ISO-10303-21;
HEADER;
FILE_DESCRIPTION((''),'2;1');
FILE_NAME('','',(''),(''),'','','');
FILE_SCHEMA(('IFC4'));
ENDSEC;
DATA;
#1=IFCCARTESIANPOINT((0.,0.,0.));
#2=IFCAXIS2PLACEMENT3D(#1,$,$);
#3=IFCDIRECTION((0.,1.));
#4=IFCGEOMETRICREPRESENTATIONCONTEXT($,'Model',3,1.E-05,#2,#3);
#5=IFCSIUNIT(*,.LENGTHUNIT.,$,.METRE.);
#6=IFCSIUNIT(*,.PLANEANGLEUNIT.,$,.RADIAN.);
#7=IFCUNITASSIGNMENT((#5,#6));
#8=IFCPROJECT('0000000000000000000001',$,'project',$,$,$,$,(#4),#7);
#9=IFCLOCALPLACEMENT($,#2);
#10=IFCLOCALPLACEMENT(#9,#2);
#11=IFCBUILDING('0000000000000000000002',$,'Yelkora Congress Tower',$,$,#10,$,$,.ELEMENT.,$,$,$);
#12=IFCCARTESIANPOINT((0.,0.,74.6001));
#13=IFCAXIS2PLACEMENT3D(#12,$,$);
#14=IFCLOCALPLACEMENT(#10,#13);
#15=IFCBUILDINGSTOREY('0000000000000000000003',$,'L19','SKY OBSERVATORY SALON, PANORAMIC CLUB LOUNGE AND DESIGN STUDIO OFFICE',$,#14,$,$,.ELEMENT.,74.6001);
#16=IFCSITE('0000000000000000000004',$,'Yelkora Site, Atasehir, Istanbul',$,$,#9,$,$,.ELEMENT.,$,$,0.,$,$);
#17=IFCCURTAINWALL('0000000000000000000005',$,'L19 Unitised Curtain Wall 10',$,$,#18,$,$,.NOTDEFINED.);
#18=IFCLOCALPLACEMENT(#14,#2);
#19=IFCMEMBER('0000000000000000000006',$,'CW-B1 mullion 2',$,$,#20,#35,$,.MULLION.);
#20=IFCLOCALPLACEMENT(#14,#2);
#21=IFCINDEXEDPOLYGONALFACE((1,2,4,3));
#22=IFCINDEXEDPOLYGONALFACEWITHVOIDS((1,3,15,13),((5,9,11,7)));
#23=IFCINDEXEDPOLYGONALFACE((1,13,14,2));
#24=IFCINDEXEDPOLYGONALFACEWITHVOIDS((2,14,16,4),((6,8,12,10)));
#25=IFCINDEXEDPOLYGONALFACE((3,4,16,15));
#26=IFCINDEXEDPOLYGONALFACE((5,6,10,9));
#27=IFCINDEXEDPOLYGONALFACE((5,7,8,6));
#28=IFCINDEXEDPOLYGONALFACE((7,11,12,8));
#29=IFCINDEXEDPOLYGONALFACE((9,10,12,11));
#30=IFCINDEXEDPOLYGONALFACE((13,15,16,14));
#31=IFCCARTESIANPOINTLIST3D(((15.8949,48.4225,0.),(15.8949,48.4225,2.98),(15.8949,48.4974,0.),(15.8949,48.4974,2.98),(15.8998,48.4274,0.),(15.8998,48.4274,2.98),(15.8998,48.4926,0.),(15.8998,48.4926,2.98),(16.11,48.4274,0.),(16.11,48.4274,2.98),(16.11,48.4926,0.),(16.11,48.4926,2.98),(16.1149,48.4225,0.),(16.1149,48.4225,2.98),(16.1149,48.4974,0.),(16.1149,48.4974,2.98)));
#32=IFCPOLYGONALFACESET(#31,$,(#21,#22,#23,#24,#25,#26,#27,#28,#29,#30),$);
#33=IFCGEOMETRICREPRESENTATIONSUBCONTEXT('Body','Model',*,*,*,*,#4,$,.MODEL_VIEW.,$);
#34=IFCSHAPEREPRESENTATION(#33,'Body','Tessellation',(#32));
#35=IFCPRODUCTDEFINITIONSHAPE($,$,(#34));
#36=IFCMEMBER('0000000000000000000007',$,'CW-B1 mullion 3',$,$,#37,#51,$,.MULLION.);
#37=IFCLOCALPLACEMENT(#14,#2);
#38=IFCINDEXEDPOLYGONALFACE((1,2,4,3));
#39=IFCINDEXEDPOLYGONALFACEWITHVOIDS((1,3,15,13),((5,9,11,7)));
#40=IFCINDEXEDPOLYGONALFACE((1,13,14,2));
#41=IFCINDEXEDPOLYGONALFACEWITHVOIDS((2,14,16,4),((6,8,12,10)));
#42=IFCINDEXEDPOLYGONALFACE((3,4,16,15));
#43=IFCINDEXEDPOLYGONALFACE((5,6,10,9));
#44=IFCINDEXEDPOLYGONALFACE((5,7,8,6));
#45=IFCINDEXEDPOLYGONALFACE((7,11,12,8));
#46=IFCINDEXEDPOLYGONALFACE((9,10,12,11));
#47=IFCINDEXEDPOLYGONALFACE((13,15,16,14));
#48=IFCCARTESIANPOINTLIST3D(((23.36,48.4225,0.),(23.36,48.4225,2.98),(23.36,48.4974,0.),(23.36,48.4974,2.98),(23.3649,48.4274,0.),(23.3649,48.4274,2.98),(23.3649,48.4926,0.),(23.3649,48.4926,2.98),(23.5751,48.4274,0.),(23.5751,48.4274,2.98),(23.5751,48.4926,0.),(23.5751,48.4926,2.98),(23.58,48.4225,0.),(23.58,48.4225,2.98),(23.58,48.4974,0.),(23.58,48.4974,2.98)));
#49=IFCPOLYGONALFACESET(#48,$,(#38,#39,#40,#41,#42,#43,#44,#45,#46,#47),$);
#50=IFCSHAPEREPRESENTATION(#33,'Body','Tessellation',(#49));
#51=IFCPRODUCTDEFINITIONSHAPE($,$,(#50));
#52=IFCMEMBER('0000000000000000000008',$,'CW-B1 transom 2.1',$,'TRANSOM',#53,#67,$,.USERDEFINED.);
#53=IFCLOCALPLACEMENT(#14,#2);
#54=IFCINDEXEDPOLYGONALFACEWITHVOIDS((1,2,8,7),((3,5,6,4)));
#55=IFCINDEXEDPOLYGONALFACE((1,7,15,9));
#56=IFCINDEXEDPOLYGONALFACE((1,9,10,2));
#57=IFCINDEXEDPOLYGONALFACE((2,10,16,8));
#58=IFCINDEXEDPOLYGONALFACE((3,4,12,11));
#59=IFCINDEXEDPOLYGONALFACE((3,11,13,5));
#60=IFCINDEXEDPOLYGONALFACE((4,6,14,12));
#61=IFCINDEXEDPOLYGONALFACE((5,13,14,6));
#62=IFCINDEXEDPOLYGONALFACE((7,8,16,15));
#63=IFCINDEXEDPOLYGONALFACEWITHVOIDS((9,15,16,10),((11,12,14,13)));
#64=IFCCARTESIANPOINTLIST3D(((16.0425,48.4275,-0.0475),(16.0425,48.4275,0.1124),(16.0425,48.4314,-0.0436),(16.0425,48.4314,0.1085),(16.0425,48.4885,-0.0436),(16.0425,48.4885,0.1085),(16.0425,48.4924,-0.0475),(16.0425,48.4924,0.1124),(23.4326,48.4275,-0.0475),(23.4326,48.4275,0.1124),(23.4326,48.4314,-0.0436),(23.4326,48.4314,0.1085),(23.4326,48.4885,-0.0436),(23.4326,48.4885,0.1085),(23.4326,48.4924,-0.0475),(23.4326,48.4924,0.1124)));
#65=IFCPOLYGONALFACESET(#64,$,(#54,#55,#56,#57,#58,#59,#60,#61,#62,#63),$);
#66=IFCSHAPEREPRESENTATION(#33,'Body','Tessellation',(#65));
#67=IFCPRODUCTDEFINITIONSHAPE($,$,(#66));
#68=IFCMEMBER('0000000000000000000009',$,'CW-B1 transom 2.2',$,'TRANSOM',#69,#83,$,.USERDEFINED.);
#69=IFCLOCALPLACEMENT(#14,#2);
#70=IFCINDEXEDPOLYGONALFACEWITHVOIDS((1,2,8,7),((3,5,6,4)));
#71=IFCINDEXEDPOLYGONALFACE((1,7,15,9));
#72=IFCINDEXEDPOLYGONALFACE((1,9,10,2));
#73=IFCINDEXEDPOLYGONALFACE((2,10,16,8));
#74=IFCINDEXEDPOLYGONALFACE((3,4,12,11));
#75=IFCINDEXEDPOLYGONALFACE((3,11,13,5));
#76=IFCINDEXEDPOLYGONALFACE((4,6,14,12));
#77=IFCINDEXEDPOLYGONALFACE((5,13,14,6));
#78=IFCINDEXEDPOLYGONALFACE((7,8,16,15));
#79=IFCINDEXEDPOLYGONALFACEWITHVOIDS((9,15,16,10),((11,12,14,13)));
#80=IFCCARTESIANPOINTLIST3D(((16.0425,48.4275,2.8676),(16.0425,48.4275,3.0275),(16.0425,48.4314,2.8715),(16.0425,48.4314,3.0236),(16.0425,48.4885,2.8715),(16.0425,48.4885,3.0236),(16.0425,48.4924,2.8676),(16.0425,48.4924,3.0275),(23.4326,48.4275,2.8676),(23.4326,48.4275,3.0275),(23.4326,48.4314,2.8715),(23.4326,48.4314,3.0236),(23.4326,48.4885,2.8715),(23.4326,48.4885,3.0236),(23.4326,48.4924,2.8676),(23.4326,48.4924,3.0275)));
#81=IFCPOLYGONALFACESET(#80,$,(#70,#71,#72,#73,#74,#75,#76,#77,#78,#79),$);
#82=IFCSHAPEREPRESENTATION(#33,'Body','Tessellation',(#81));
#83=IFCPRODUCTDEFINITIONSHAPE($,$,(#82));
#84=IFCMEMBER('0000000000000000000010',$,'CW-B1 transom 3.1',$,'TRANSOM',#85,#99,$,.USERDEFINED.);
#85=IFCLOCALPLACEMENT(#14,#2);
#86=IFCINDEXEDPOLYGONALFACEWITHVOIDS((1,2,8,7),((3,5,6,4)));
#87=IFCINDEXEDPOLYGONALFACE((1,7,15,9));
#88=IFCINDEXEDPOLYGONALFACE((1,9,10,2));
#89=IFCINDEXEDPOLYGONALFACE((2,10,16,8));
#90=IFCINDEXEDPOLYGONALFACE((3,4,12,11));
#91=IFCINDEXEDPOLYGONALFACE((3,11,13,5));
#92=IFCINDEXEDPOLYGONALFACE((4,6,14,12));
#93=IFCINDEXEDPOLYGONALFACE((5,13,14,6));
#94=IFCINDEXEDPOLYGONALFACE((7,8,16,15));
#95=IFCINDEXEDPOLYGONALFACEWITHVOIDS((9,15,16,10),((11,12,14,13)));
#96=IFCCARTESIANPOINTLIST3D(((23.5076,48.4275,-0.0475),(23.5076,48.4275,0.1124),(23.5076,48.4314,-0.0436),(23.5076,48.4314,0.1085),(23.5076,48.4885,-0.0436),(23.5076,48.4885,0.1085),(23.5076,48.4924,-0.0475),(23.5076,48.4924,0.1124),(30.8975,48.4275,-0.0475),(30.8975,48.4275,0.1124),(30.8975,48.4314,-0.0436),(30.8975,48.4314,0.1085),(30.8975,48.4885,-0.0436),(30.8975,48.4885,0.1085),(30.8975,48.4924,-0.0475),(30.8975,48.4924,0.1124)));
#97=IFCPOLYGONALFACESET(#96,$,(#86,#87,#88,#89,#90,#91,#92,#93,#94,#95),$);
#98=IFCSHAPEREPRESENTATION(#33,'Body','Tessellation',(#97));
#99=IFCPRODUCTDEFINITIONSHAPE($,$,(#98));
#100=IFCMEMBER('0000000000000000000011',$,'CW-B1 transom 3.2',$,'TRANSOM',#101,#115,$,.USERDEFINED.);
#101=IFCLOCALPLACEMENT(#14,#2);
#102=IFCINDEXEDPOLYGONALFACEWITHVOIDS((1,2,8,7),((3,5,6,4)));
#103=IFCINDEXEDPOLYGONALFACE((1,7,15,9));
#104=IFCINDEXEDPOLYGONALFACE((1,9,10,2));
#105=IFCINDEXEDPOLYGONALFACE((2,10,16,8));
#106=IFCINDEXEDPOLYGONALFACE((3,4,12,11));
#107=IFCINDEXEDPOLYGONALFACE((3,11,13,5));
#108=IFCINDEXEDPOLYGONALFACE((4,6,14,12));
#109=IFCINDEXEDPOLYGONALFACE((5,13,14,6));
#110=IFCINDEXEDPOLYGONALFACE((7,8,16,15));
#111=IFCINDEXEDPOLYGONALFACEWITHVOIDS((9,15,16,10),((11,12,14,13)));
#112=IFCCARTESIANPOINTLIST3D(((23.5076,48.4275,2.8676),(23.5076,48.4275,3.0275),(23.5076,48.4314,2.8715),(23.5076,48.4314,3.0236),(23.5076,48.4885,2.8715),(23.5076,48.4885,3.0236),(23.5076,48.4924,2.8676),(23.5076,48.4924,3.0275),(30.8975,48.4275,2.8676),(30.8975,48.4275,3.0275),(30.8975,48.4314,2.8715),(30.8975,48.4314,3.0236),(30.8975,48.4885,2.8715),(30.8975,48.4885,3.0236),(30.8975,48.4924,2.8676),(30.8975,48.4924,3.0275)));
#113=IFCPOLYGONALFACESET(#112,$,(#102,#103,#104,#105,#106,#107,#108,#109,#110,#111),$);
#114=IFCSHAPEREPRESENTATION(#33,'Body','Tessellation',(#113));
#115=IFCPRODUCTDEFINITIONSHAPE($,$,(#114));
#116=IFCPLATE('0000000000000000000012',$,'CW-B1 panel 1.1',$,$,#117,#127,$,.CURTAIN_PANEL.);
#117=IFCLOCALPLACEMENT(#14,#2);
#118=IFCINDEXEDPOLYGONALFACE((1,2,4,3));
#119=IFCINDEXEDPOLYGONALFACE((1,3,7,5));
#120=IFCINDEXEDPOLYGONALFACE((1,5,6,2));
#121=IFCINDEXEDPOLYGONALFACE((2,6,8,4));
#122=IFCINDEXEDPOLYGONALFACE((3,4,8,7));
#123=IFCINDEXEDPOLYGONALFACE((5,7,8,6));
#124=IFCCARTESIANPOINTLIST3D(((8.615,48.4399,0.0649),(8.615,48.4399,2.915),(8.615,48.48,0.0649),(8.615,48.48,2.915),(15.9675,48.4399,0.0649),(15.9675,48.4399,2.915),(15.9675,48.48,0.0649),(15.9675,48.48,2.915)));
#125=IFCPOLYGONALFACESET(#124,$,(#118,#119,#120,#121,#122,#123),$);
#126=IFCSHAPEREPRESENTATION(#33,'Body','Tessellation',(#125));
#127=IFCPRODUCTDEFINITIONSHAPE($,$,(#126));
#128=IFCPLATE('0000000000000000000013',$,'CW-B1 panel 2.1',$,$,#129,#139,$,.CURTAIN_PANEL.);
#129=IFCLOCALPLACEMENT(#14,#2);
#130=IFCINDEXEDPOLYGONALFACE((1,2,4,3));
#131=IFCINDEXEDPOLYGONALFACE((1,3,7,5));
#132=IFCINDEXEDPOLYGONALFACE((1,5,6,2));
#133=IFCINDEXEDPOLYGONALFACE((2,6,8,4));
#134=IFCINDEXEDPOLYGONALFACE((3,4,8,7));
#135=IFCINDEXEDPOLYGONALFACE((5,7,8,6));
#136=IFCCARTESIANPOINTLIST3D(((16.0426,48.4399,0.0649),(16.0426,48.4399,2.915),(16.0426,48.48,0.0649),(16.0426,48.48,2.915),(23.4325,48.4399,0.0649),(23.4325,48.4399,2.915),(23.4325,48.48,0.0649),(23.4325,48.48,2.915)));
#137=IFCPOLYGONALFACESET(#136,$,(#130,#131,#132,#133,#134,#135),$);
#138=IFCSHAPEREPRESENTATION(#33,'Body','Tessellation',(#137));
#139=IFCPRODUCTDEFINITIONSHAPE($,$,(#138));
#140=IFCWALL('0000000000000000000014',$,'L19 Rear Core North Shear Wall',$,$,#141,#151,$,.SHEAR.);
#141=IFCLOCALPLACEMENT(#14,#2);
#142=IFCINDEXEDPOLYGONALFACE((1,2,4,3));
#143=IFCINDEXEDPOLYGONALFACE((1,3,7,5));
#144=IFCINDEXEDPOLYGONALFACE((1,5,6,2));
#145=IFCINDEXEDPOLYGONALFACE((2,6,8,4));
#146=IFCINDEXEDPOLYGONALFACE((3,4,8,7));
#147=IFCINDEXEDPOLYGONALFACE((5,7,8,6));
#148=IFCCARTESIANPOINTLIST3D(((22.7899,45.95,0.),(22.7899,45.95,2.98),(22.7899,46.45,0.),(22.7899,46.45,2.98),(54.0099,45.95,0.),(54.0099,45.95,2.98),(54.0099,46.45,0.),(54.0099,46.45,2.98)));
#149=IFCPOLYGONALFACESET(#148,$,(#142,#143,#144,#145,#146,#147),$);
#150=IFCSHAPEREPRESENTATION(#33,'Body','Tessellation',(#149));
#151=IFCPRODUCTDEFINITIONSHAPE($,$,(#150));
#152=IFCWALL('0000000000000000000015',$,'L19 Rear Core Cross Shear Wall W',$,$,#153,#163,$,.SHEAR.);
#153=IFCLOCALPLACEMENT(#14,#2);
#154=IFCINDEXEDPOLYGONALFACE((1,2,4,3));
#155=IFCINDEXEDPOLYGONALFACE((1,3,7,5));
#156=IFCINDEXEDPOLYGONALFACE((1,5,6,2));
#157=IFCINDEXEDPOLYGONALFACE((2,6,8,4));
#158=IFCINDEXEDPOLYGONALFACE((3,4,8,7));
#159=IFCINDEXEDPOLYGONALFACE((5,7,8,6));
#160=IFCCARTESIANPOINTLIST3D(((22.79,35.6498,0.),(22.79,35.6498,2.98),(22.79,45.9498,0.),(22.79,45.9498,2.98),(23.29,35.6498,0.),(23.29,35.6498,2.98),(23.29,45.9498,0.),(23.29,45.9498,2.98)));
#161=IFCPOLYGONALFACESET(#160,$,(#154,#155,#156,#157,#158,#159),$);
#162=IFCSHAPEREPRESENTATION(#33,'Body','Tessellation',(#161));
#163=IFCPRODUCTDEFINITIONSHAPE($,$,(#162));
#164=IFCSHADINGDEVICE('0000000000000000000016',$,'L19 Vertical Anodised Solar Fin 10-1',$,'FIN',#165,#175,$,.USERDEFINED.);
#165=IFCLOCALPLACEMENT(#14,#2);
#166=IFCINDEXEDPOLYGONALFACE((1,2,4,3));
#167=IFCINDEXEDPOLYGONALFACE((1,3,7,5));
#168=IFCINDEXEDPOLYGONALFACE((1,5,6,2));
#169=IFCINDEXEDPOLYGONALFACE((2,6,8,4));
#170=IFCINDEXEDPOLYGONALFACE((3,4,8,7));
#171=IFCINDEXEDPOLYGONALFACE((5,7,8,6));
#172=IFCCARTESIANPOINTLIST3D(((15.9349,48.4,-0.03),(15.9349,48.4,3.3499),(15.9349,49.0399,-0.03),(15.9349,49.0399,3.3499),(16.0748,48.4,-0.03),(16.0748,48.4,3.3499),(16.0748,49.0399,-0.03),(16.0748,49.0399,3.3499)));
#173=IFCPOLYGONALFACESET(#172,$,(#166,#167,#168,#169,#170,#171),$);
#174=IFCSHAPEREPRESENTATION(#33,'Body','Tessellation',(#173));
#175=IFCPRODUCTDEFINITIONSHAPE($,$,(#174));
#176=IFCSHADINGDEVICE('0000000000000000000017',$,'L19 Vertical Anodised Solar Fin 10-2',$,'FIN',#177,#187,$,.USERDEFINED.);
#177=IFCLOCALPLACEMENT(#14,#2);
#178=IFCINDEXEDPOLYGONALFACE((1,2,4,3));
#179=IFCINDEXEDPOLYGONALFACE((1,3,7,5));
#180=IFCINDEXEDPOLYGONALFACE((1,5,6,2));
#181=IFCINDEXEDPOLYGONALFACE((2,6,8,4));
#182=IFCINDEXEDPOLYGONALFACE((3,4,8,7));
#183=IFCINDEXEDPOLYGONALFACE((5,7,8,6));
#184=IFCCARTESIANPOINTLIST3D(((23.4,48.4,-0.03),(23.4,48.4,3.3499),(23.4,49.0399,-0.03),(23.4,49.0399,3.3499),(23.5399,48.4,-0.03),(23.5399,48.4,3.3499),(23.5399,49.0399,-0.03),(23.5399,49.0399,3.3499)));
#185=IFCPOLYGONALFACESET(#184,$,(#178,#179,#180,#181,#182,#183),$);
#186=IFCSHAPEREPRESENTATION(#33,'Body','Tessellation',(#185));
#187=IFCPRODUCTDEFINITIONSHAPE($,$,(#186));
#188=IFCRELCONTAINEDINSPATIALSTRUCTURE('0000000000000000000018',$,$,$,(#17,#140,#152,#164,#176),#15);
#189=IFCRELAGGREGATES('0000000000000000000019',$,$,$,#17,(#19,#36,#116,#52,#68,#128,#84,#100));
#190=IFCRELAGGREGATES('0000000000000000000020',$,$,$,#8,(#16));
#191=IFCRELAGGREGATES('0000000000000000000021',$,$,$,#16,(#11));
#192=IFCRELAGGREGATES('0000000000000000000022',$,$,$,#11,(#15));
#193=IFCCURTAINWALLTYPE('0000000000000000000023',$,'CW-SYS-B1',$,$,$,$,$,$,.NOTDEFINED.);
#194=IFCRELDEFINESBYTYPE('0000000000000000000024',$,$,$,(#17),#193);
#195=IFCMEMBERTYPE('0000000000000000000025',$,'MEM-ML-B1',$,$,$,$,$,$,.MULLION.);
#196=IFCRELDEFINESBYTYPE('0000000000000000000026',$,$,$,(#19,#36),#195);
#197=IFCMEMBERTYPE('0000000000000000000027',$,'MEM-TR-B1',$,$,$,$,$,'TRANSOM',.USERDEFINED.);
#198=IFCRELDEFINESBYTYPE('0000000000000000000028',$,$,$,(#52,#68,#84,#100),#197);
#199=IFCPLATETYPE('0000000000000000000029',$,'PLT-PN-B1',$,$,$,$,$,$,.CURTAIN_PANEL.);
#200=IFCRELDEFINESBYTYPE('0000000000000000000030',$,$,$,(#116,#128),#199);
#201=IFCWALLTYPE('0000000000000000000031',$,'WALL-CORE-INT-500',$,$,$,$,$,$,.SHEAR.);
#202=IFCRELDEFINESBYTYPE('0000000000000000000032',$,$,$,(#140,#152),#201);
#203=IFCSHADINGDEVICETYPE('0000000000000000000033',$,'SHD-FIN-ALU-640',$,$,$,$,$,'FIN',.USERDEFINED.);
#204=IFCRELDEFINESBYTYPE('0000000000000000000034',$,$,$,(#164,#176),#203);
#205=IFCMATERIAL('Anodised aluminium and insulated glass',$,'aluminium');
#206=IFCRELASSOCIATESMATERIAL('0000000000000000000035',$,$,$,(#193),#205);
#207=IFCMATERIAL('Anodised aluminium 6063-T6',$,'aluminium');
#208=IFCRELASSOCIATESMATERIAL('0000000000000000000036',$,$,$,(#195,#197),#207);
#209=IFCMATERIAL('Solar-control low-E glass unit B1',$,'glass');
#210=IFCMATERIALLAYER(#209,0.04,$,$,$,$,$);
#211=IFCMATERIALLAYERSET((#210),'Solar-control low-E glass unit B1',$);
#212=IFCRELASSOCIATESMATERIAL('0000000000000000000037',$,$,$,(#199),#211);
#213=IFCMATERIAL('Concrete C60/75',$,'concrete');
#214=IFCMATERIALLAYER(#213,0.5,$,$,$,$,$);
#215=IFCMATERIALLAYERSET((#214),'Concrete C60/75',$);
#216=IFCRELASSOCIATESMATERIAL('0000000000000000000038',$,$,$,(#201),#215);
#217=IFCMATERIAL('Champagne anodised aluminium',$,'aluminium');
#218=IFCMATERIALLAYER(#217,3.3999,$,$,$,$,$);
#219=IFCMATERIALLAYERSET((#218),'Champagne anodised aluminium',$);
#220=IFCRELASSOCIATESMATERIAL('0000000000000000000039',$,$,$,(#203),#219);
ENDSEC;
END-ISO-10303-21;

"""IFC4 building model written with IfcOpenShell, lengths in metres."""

from ifc_helpers import new_model, si_unit, direction, frame, frame_2d, origin, origin_2d, place, context, subcontext, project, spatial, rectangle, hollow_rectangle, extrude, material, layer, layer_set, material_profile, profile_set, type_object, element, aggregate, save


model = new_model("IFC4")

# Units and contexts
model_context = context("Model", 3, precision=1e-05, world=origin(), true_north=direction((0.0, 1.0)))
body_context = subcontext(model_context, "Body", "Model", "MODEL_VIEW")
ifc_project = project(units=[si_unit("LENGTHUNIT", "METRE"), si_unit("PLANEANGLEUNIT", "RADIAN")], contexts=[model_context])

# Site, building, storey
site_placement = place(None, origin())
site = spatial("IfcSite", under=ifc_project, at=site_placement, Name="Yelkora Site, Atasehir, Istanbul", CompositionType="ELEMENT", RefElevation=0.0)
building_placement = place(site_placement, origin())
building = spatial("IfcBuilding", under=site, at=building_placement, Name="Yelkora Congress Tower", CompositionType="ELEMENT")
storey_placement = place(building_placement, frame((0.0, 0.0, 74.6001)))
storey = spatial("IfcBuildingStorey", under=building, at=storey_placement, Name="L19", Description="SKY OBSERVATORY SALON, PANORAMIC CLUB LOUNGE AND DESIGN STUDIO OFFICE", CompositionType="ELEMENT", Elevation=74.6001)

# Shared definitions
ifc_material_1 = material(Name="Concrete C60/75", Category="concrete")

# Curtain wall, members, plates
ifc_material_2 = material(Name="Anodised aluminium and insulated glass", Category="aluminium")
curtain_wall_type = type_object("IfcCurtainWallType", Name="CW-SYS-B1", PredefinedType="NOTDEFINED", material=ifc_material_2)
curtain_wall_placement = place(storey_placement, origin())
curtain_wall = element("IfcCurtainWall", 1, at=curtain_wall_placement, inside=storey, type_object=curtain_wall_type, Name="L19 Unitised Curtain Wall 10", PredefinedType="NOTDEFINED")
ifc_material_3 = material(Name="Anodised aluminium 6063-T6", Category="aluminium")
ifc_material_profile_1 = material_profile(ifc_material_3, hollow_rectangle(XDim=0.075, YDim=0.22, WallThickness=0.0049, at=origin_2d()), Name="ALU 75x220x5")
ifc_profile_set_1 = profile_set([ifc_material_profile_1], Name="Anodised aluminium 6063-T6")
member_type_1 = type_object("IfcMemberType", Name="MEM-ML-B1", PredefinedType="MULLION", material=ifc_profile_set_1)
member_1_placement = place(storey_placement, frame((16.0049, 48.46, 0.0), z_axis=(0.0, 0.0, 1.0), x_axis=(0.0, 1.0, 0.0)))
member_1 = element("IfcMember", 2, at=member_1_placement, type_object=member_type_1, Name="CW-B1 mullion 2", PredefinedType="MULLION", context=body_context, shape_type="SweptSolid", body=[
    extrude(hollow_rectangle(XDim=0.075, YDim=0.22, WallThickness=0.0049, at=origin_2d()), origin(), (0.0, 0.0, 1.0), 2.98),
])
member_2_placement = place(storey_placement, frame((23.47, 48.46, 0.0), z_axis=(0.0, 0.0, 1.0), x_axis=(0.0, 1.0, 0.0)))
member_2 = element("IfcMember", 3, at=member_2_placement, type_object=member_type_1, Name="CW-B1 mullion 3", PredefinedType="MULLION", context=body_context, shape_type="SweptSolid", body=[
    extrude(hollow_rectangle(XDim=0.075, YDim=0.22, WallThickness=0.0049, at=origin_2d()), origin(), (0.0, 0.0, 1.0), 2.98),
])
ifc_material_profile_2 = material_profile(ifc_material_3, hollow_rectangle(XDim=0.0649, YDim=0.1599, WallThickness=0.0039, at=origin_2d()), Name="ALU 65x160x4")
ifc_profile_set_2 = profile_set([ifc_material_profile_2], Name="Anodised aluminium 6063-T6")
member_type_2 = type_object("IfcMemberType", Name="MEM-TR-B1", ElementType="TRANSOM", PredefinedType="USERDEFINED", material=ifc_profile_set_2)
member_3_placement = place(storey_placement, frame((16.0425, 48.46, 0.0325), z_axis=(1.0, 0.0, 0.0), x_axis=(0.0, 1.0, 0.0)))
member_3 = element("IfcMember", 4, at=member_3_placement, type_object=member_type_2, Name="CW-B1 transom 2.1", ObjectType="TRANSOM", PredefinedType="USERDEFINED", context=body_context, shape_type="SweptSolid", body=[
    extrude(hollow_rectangle(XDim=0.0649, YDim=0.1599, WallThickness=0.0039, at=origin_2d()), origin(), (0.0, 0.0, 1.0), 7.3901),
])
member_4_placement = place(storey_placement, frame((16.0425, 48.46, 2.9475), z_axis=(1.0, 0.0, 0.0), x_axis=(0.0, 1.0, 0.0)))
member_4 = element("IfcMember", 5, at=member_4_placement, type_object=member_type_2, Name="CW-B1 transom 2.2", ObjectType="TRANSOM", PredefinedType="USERDEFINED", context=body_context, shape_type="SweptSolid", body=[
    extrude(hollow_rectangle(XDim=0.0649, YDim=0.1599, WallThickness=0.0039, at=origin_2d()), origin(), (0.0, 0.0, 1.0), 7.3901),
])
member_5_placement = place(storey_placement, frame((23.5076, 48.46, 0.0325), z_axis=(1.0, 0.0, 0.0), x_axis=(0.0, 1.0, 0.0)))
member_5 = element("IfcMember", 6, at=member_5_placement, type_object=member_type_2, Name="CW-B1 transom 3.1", ObjectType="TRANSOM", PredefinedType="USERDEFINED", context=body_context, shape_type="SweptSolid", body=[
    extrude(hollow_rectangle(XDim=0.0649, YDim=0.1599, WallThickness=0.0039, at=origin_2d()), origin(), (0.0, 0.0, 1.0), 7.3899),
])
member_6_placement = place(storey_placement, frame((23.5076, 48.46, 2.9475), z_axis=(1.0, 0.0, 0.0), x_axis=(0.0, 1.0, 0.0)))
member_6 = element("IfcMember", 7, at=member_6_placement, type_object=member_type_2, Name="CW-B1 transom 3.2", ObjectType="TRANSOM", PredefinedType="USERDEFINED", context=body_context, shape_type="SweptSolid", body=[
    extrude(hollow_rectangle(XDim=0.0649, YDim=0.1599, WallThickness=0.0039, at=origin_2d()), origin(), (0.0, 0.0, 1.0), 7.3899),
])
ifc_material_4 = material(Name="Solar-control low-E glass unit B1", Category="glass")
ifc_layer_1 = layer(ifc_material_4, 0.04)
ifc_layer_set_1 = layer_set([ifc_layer_1], Name="Solar-control low-E glass unit B1")
plate_type = type_object("IfcPlateType", Name="PLT-PN-B1", PredefinedType="CURTAIN_PANEL", material=ifc_layer_set_1)
plate_1_placement = place(storey_placement, frame((12.2913, 48.46, 0.0649), z_axis=(0.0, 0.0, 1.0), x_axis=(1.0, 0.0, 0.0)))
plate_1 = element("IfcPlate", 8, at=plate_1_placement, type_object=plate_type, Name="CW-B1 panel 1.1", PredefinedType="CURTAIN_PANEL", context=body_context, shape_type="SweptSolid", body=[
    extrude(rectangle(XDim=7.3525, YDim=0.04, at=origin_2d()), origin(), (0.0, 0.0, 1.0), 2.8501),
])
plate_2_placement = place(storey_placement, frame((19.7375, 48.46, 0.0649), z_axis=(0.0, 0.0, 1.0), x_axis=(1.0, 0.0, 0.0)))
plate_2 = element("IfcPlate", 9, at=plate_2_placement, type_object=plate_type, Name="CW-B1 panel 2.1", PredefinedType="CURTAIN_PANEL", context=body_context, shape_type="SweptSolid", body=[
    extrude(rectangle(XDim=7.3899, YDim=0.04, at=origin_2d()), origin(), (0.0, 0.0, 1.0), 2.8501),
])
aggregate(curtain_wall, [member_1, member_2, plate_1, member_3, member_4, plate_2, member_5, member_6])

# Walls
ifc_layer_2 = layer(ifc_material_1, 0.5)
ifc_layer_set_2 = layer_set([ifc_layer_2], Name="Concrete C60/75")
wall_type_1 = type_object("IfcWallType", Name="WALL-CORE-INT-500", PredefinedType="SHEAR", material=ifc_layer_set_2)
wall_1_placement = place(storey_placement, frame((22.79, 46.2, 0.0), z_axis=(0.0, 0.0, 1.0), x_axis=(1.0, 0.0, 0.0)))
element("IfcWall", 10, at=wall_1_placement, inside=storey, type_object=wall_type_1, Name="L19 Rear Core North Shear Wall", PredefinedType="SHEAR", context=body_context, shape_type="SweptSolid", body=[
    extrude(rectangle(XDim=31.22, YDim=0.5, at=frame_2d((15.6099, 0.0))), origin(), (0.0, 0.0, 1.0), 2.98),
])
wall_2_placement = place(storey_placement, frame((23.04, 35.6499, 0.0), z_axis=(0.0, 0.0, 1.0), x_axis=(0.0, 1.0, 0.0)))
element("IfcWall", 11, at=wall_2_placement, inside=storey, type_object=wall_type_1, Name="L19 Rear Core Cross Shear Wall W", PredefinedType="SHEAR", context=body_context, shape_type="SweptSolid", body=[
    extrude(rectangle(XDim=10.3, YDim=0.5, at=frame_2d((5.1499, 0.0))), origin(), (0.0, 0.0, 1.0), 2.98),
])

# Shading devices
ifc_material_5 = material(Name="Champagne anodised aluminium", Category="aluminium")
ifc_layer_3 = layer(ifc_material_5, 3.3999)
ifc_layer_set_3 = layer_set([ifc_layer_3], Name="Champagne anodised aluminium")
shading_device_type = type_object("IfcShadingDeviceType", Name="SHD-FIN-ALU-640", ElementType="FIN", PredefinedType="USERDEFINED", material=ifc_layer_set_3)
for number, where, z_axis, x_axis, name in (
    (12, (16.0049, 48.72, -0.03), (0.0, 0.0, 1.0), (1.0, 0.0, 0.0), "L19 Vertical Anodised Solar Fin 10-1"),
    (13, (23.47, 48.72, -0.03), (0.0, 0.0, 1.0), (1.0, 0.0, 0.0), "L19 Vertical Anodised Solar Fin 10-2"),
):
    element("IfcShadingDevice", number, at=place(storey_placement, frame(where, z_axis=z_axis, x_axis=x_axis)), inside=storey, type_object=shading_device_type, Name=name, ObjectType="FIN", PredefinedType="USERDEFINED", context=body_context, shape_type="SweptSolid", body=[
        extrude(rectangle(XDim=0.1399, YDim=0.6399, at=origin_2d()), origin(), (0.0, 0.0, 1.0), 3.3799),
    ])

save(model, "model.ifc")
